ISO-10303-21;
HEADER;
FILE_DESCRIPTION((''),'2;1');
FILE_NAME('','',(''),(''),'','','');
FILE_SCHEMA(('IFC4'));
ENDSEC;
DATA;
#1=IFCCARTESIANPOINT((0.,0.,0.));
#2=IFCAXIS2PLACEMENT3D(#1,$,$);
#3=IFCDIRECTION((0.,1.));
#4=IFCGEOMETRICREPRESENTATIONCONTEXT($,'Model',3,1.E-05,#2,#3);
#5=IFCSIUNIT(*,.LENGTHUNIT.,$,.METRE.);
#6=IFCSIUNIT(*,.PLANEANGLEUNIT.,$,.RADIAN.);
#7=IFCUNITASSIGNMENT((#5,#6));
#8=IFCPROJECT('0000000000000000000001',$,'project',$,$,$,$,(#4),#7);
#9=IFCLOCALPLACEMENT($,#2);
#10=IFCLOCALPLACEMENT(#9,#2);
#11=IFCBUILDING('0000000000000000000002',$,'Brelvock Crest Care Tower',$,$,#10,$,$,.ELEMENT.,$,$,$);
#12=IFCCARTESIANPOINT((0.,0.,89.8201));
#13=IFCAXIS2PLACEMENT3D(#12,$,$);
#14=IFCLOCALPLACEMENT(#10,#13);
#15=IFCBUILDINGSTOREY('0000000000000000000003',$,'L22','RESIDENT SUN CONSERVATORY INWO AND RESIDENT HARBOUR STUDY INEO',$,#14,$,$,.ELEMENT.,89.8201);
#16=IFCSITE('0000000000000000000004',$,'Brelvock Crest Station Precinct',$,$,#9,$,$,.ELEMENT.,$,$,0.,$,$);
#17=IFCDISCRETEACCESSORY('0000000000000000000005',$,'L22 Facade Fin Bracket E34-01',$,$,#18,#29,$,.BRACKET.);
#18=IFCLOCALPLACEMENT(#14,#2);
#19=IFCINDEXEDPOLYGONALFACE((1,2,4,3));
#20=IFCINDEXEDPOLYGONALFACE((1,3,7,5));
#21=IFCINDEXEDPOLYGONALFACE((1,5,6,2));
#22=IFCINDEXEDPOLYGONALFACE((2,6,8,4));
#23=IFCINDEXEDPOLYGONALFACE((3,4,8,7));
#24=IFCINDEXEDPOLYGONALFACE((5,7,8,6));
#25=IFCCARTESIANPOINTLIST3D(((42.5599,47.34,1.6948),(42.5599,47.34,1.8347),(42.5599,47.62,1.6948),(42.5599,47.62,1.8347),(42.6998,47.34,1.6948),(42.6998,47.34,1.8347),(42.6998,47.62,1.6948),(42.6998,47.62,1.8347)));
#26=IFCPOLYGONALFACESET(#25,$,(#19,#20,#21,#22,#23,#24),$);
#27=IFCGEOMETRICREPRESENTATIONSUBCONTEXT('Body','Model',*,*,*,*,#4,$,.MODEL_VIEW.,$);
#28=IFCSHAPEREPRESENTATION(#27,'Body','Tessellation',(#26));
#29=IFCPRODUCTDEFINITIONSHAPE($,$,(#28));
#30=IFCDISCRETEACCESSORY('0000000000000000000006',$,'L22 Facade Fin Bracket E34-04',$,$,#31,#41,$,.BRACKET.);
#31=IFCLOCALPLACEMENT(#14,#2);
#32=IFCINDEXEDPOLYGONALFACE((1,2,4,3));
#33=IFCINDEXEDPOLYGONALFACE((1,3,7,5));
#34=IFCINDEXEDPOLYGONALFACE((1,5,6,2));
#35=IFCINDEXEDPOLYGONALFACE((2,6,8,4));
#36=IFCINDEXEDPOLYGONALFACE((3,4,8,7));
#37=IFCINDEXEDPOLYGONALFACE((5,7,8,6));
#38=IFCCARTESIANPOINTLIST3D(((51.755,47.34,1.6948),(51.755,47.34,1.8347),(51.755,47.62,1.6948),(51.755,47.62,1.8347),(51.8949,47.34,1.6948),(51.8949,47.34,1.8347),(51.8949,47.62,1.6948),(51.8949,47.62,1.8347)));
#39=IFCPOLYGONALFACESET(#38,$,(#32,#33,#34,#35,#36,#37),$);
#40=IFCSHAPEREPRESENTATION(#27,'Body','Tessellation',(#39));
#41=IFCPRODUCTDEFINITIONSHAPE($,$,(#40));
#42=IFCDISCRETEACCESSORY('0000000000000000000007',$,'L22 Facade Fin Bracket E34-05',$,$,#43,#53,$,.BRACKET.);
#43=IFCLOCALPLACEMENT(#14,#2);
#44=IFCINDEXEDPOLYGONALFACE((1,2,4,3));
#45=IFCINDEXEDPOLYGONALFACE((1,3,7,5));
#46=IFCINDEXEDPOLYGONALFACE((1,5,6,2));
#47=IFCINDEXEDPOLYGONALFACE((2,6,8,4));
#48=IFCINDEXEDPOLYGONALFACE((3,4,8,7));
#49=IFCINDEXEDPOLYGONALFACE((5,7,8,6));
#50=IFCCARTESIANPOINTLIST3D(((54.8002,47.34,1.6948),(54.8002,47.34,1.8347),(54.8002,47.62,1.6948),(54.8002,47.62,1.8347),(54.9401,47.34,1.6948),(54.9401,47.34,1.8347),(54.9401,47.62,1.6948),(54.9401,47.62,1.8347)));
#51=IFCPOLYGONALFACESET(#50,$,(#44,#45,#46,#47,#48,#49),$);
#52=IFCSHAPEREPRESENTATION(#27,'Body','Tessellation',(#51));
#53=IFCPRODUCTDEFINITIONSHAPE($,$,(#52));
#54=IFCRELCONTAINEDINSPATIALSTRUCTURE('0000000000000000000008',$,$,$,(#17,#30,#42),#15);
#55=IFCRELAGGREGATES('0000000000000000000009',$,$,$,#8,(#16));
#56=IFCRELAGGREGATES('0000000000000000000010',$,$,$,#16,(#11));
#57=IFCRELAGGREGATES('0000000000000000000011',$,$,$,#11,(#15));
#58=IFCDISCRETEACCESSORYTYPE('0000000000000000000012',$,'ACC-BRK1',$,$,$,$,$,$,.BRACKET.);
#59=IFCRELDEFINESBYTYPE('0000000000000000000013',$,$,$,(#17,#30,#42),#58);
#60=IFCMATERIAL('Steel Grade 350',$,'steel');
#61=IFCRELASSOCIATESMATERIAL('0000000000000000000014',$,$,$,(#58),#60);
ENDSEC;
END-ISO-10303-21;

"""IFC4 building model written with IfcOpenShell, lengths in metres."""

from ifc_helpers import new_model, si_unit, direction, frame, origin, origin_2d, place, context, subcontext, project, spatial, rectangle, extrude, source, transform, mapped, material, type_object, element, save


model = new_model("IFC4")

# Units and contexts
model_context = context("Model", 3, precision=1e-05, world=origin(), true_north=direction((0.0, 1.0)))
body_context = subcontext(model_context, "Body", "Model", "MODEL_VIEW")
ifc_project = project(units=[si_unit("LENGTHUNIT", "METRE"), si_unit("PLANEANGLEUNIT", "RADIAN")], contexts=[model_context])

# Site, building, storey
site_placement = place(None, origin())
site = spatial("IfcSite", under=ifc_project, at=site_placement, Name="Brelvock Crest Station Precinct", CompositionType="ELEMENT", RefElevation=0.0)
building_placement = place(site_placement, origin())
building = spatial("IfcBuilding", under=site, at=building_placement, Name="Brelvock Crest Care Tower", CompositionType="ELEMENT")
storey_placement = place(building_placement, frame((0.0, 0.0, 89.8201)))
storey = spatial("IfcBuildingStorey", under=building, at=storey_placement, Name="L22", Description="RESIDENT SUN CONSERVATORY INWO AND RESIDENT HARBOUR STUDY INEO", CompositionType="ELEMENT", Elevation=89.8201)

# Discrete accessories
ifc_material_1 = material(Name="Steel Grade 350", Category="steel")
discrete_accessory_type = type_object("IfcDiscreteAccessoryType", Name="ACC-BRK1", PredefinedType="BRACKET", material=ifc_material_1)
shared_shape_1 = source(origin(), body_context, "Body", "SweptSolid", [
    extrude(rectangle(XDim=0.28, YDim=0.1399, at=origin_2d()), origin(), (0.0, 0.0, 1.0), 0.1399),
])
for number, where, z_axis, x_axis, name in (
    (1, (42.6299, 47.48, 1.6948), (0.0, 0.0, 1.0), (0.0, 1.0, 0.0), "L22 Facade Fin Bracket E34-01"),
    (2, (51.825, 47.48, 1.6948), (0.0, 0.0, 1.0), (0.0, 1.0, 0.0), "L22 Facade Fin Bracket E34-04"),
    (3, (54.8701, 47.48, 1.6948), (0.0, 0.0, 1.0), (0.0, 1.0, 0.0), "L22 Facade Fin Bracket E34-05"),
):
    element("IfcDiscreteAccessory", number, at=place(storey_placement, frame(where, z_axis=z_axis, x_axis=x_axis)), inside=storey, type_object=discrete_accessory_type, Name=name, PredefinedType="BRACKET", context=body_context, shape_type="MappedRepresentation", body=[
        mapped(shared_shape_1, transform((0.0, 0.0, 0.0), x_axis=(1.0, 0.0, 0.0), y_axis=(0.0, 1.0, 0.0), z_axis=(0.0, 0.0, 1.0), scale=1.0)),
    ])

save(model, "model.ifc")
